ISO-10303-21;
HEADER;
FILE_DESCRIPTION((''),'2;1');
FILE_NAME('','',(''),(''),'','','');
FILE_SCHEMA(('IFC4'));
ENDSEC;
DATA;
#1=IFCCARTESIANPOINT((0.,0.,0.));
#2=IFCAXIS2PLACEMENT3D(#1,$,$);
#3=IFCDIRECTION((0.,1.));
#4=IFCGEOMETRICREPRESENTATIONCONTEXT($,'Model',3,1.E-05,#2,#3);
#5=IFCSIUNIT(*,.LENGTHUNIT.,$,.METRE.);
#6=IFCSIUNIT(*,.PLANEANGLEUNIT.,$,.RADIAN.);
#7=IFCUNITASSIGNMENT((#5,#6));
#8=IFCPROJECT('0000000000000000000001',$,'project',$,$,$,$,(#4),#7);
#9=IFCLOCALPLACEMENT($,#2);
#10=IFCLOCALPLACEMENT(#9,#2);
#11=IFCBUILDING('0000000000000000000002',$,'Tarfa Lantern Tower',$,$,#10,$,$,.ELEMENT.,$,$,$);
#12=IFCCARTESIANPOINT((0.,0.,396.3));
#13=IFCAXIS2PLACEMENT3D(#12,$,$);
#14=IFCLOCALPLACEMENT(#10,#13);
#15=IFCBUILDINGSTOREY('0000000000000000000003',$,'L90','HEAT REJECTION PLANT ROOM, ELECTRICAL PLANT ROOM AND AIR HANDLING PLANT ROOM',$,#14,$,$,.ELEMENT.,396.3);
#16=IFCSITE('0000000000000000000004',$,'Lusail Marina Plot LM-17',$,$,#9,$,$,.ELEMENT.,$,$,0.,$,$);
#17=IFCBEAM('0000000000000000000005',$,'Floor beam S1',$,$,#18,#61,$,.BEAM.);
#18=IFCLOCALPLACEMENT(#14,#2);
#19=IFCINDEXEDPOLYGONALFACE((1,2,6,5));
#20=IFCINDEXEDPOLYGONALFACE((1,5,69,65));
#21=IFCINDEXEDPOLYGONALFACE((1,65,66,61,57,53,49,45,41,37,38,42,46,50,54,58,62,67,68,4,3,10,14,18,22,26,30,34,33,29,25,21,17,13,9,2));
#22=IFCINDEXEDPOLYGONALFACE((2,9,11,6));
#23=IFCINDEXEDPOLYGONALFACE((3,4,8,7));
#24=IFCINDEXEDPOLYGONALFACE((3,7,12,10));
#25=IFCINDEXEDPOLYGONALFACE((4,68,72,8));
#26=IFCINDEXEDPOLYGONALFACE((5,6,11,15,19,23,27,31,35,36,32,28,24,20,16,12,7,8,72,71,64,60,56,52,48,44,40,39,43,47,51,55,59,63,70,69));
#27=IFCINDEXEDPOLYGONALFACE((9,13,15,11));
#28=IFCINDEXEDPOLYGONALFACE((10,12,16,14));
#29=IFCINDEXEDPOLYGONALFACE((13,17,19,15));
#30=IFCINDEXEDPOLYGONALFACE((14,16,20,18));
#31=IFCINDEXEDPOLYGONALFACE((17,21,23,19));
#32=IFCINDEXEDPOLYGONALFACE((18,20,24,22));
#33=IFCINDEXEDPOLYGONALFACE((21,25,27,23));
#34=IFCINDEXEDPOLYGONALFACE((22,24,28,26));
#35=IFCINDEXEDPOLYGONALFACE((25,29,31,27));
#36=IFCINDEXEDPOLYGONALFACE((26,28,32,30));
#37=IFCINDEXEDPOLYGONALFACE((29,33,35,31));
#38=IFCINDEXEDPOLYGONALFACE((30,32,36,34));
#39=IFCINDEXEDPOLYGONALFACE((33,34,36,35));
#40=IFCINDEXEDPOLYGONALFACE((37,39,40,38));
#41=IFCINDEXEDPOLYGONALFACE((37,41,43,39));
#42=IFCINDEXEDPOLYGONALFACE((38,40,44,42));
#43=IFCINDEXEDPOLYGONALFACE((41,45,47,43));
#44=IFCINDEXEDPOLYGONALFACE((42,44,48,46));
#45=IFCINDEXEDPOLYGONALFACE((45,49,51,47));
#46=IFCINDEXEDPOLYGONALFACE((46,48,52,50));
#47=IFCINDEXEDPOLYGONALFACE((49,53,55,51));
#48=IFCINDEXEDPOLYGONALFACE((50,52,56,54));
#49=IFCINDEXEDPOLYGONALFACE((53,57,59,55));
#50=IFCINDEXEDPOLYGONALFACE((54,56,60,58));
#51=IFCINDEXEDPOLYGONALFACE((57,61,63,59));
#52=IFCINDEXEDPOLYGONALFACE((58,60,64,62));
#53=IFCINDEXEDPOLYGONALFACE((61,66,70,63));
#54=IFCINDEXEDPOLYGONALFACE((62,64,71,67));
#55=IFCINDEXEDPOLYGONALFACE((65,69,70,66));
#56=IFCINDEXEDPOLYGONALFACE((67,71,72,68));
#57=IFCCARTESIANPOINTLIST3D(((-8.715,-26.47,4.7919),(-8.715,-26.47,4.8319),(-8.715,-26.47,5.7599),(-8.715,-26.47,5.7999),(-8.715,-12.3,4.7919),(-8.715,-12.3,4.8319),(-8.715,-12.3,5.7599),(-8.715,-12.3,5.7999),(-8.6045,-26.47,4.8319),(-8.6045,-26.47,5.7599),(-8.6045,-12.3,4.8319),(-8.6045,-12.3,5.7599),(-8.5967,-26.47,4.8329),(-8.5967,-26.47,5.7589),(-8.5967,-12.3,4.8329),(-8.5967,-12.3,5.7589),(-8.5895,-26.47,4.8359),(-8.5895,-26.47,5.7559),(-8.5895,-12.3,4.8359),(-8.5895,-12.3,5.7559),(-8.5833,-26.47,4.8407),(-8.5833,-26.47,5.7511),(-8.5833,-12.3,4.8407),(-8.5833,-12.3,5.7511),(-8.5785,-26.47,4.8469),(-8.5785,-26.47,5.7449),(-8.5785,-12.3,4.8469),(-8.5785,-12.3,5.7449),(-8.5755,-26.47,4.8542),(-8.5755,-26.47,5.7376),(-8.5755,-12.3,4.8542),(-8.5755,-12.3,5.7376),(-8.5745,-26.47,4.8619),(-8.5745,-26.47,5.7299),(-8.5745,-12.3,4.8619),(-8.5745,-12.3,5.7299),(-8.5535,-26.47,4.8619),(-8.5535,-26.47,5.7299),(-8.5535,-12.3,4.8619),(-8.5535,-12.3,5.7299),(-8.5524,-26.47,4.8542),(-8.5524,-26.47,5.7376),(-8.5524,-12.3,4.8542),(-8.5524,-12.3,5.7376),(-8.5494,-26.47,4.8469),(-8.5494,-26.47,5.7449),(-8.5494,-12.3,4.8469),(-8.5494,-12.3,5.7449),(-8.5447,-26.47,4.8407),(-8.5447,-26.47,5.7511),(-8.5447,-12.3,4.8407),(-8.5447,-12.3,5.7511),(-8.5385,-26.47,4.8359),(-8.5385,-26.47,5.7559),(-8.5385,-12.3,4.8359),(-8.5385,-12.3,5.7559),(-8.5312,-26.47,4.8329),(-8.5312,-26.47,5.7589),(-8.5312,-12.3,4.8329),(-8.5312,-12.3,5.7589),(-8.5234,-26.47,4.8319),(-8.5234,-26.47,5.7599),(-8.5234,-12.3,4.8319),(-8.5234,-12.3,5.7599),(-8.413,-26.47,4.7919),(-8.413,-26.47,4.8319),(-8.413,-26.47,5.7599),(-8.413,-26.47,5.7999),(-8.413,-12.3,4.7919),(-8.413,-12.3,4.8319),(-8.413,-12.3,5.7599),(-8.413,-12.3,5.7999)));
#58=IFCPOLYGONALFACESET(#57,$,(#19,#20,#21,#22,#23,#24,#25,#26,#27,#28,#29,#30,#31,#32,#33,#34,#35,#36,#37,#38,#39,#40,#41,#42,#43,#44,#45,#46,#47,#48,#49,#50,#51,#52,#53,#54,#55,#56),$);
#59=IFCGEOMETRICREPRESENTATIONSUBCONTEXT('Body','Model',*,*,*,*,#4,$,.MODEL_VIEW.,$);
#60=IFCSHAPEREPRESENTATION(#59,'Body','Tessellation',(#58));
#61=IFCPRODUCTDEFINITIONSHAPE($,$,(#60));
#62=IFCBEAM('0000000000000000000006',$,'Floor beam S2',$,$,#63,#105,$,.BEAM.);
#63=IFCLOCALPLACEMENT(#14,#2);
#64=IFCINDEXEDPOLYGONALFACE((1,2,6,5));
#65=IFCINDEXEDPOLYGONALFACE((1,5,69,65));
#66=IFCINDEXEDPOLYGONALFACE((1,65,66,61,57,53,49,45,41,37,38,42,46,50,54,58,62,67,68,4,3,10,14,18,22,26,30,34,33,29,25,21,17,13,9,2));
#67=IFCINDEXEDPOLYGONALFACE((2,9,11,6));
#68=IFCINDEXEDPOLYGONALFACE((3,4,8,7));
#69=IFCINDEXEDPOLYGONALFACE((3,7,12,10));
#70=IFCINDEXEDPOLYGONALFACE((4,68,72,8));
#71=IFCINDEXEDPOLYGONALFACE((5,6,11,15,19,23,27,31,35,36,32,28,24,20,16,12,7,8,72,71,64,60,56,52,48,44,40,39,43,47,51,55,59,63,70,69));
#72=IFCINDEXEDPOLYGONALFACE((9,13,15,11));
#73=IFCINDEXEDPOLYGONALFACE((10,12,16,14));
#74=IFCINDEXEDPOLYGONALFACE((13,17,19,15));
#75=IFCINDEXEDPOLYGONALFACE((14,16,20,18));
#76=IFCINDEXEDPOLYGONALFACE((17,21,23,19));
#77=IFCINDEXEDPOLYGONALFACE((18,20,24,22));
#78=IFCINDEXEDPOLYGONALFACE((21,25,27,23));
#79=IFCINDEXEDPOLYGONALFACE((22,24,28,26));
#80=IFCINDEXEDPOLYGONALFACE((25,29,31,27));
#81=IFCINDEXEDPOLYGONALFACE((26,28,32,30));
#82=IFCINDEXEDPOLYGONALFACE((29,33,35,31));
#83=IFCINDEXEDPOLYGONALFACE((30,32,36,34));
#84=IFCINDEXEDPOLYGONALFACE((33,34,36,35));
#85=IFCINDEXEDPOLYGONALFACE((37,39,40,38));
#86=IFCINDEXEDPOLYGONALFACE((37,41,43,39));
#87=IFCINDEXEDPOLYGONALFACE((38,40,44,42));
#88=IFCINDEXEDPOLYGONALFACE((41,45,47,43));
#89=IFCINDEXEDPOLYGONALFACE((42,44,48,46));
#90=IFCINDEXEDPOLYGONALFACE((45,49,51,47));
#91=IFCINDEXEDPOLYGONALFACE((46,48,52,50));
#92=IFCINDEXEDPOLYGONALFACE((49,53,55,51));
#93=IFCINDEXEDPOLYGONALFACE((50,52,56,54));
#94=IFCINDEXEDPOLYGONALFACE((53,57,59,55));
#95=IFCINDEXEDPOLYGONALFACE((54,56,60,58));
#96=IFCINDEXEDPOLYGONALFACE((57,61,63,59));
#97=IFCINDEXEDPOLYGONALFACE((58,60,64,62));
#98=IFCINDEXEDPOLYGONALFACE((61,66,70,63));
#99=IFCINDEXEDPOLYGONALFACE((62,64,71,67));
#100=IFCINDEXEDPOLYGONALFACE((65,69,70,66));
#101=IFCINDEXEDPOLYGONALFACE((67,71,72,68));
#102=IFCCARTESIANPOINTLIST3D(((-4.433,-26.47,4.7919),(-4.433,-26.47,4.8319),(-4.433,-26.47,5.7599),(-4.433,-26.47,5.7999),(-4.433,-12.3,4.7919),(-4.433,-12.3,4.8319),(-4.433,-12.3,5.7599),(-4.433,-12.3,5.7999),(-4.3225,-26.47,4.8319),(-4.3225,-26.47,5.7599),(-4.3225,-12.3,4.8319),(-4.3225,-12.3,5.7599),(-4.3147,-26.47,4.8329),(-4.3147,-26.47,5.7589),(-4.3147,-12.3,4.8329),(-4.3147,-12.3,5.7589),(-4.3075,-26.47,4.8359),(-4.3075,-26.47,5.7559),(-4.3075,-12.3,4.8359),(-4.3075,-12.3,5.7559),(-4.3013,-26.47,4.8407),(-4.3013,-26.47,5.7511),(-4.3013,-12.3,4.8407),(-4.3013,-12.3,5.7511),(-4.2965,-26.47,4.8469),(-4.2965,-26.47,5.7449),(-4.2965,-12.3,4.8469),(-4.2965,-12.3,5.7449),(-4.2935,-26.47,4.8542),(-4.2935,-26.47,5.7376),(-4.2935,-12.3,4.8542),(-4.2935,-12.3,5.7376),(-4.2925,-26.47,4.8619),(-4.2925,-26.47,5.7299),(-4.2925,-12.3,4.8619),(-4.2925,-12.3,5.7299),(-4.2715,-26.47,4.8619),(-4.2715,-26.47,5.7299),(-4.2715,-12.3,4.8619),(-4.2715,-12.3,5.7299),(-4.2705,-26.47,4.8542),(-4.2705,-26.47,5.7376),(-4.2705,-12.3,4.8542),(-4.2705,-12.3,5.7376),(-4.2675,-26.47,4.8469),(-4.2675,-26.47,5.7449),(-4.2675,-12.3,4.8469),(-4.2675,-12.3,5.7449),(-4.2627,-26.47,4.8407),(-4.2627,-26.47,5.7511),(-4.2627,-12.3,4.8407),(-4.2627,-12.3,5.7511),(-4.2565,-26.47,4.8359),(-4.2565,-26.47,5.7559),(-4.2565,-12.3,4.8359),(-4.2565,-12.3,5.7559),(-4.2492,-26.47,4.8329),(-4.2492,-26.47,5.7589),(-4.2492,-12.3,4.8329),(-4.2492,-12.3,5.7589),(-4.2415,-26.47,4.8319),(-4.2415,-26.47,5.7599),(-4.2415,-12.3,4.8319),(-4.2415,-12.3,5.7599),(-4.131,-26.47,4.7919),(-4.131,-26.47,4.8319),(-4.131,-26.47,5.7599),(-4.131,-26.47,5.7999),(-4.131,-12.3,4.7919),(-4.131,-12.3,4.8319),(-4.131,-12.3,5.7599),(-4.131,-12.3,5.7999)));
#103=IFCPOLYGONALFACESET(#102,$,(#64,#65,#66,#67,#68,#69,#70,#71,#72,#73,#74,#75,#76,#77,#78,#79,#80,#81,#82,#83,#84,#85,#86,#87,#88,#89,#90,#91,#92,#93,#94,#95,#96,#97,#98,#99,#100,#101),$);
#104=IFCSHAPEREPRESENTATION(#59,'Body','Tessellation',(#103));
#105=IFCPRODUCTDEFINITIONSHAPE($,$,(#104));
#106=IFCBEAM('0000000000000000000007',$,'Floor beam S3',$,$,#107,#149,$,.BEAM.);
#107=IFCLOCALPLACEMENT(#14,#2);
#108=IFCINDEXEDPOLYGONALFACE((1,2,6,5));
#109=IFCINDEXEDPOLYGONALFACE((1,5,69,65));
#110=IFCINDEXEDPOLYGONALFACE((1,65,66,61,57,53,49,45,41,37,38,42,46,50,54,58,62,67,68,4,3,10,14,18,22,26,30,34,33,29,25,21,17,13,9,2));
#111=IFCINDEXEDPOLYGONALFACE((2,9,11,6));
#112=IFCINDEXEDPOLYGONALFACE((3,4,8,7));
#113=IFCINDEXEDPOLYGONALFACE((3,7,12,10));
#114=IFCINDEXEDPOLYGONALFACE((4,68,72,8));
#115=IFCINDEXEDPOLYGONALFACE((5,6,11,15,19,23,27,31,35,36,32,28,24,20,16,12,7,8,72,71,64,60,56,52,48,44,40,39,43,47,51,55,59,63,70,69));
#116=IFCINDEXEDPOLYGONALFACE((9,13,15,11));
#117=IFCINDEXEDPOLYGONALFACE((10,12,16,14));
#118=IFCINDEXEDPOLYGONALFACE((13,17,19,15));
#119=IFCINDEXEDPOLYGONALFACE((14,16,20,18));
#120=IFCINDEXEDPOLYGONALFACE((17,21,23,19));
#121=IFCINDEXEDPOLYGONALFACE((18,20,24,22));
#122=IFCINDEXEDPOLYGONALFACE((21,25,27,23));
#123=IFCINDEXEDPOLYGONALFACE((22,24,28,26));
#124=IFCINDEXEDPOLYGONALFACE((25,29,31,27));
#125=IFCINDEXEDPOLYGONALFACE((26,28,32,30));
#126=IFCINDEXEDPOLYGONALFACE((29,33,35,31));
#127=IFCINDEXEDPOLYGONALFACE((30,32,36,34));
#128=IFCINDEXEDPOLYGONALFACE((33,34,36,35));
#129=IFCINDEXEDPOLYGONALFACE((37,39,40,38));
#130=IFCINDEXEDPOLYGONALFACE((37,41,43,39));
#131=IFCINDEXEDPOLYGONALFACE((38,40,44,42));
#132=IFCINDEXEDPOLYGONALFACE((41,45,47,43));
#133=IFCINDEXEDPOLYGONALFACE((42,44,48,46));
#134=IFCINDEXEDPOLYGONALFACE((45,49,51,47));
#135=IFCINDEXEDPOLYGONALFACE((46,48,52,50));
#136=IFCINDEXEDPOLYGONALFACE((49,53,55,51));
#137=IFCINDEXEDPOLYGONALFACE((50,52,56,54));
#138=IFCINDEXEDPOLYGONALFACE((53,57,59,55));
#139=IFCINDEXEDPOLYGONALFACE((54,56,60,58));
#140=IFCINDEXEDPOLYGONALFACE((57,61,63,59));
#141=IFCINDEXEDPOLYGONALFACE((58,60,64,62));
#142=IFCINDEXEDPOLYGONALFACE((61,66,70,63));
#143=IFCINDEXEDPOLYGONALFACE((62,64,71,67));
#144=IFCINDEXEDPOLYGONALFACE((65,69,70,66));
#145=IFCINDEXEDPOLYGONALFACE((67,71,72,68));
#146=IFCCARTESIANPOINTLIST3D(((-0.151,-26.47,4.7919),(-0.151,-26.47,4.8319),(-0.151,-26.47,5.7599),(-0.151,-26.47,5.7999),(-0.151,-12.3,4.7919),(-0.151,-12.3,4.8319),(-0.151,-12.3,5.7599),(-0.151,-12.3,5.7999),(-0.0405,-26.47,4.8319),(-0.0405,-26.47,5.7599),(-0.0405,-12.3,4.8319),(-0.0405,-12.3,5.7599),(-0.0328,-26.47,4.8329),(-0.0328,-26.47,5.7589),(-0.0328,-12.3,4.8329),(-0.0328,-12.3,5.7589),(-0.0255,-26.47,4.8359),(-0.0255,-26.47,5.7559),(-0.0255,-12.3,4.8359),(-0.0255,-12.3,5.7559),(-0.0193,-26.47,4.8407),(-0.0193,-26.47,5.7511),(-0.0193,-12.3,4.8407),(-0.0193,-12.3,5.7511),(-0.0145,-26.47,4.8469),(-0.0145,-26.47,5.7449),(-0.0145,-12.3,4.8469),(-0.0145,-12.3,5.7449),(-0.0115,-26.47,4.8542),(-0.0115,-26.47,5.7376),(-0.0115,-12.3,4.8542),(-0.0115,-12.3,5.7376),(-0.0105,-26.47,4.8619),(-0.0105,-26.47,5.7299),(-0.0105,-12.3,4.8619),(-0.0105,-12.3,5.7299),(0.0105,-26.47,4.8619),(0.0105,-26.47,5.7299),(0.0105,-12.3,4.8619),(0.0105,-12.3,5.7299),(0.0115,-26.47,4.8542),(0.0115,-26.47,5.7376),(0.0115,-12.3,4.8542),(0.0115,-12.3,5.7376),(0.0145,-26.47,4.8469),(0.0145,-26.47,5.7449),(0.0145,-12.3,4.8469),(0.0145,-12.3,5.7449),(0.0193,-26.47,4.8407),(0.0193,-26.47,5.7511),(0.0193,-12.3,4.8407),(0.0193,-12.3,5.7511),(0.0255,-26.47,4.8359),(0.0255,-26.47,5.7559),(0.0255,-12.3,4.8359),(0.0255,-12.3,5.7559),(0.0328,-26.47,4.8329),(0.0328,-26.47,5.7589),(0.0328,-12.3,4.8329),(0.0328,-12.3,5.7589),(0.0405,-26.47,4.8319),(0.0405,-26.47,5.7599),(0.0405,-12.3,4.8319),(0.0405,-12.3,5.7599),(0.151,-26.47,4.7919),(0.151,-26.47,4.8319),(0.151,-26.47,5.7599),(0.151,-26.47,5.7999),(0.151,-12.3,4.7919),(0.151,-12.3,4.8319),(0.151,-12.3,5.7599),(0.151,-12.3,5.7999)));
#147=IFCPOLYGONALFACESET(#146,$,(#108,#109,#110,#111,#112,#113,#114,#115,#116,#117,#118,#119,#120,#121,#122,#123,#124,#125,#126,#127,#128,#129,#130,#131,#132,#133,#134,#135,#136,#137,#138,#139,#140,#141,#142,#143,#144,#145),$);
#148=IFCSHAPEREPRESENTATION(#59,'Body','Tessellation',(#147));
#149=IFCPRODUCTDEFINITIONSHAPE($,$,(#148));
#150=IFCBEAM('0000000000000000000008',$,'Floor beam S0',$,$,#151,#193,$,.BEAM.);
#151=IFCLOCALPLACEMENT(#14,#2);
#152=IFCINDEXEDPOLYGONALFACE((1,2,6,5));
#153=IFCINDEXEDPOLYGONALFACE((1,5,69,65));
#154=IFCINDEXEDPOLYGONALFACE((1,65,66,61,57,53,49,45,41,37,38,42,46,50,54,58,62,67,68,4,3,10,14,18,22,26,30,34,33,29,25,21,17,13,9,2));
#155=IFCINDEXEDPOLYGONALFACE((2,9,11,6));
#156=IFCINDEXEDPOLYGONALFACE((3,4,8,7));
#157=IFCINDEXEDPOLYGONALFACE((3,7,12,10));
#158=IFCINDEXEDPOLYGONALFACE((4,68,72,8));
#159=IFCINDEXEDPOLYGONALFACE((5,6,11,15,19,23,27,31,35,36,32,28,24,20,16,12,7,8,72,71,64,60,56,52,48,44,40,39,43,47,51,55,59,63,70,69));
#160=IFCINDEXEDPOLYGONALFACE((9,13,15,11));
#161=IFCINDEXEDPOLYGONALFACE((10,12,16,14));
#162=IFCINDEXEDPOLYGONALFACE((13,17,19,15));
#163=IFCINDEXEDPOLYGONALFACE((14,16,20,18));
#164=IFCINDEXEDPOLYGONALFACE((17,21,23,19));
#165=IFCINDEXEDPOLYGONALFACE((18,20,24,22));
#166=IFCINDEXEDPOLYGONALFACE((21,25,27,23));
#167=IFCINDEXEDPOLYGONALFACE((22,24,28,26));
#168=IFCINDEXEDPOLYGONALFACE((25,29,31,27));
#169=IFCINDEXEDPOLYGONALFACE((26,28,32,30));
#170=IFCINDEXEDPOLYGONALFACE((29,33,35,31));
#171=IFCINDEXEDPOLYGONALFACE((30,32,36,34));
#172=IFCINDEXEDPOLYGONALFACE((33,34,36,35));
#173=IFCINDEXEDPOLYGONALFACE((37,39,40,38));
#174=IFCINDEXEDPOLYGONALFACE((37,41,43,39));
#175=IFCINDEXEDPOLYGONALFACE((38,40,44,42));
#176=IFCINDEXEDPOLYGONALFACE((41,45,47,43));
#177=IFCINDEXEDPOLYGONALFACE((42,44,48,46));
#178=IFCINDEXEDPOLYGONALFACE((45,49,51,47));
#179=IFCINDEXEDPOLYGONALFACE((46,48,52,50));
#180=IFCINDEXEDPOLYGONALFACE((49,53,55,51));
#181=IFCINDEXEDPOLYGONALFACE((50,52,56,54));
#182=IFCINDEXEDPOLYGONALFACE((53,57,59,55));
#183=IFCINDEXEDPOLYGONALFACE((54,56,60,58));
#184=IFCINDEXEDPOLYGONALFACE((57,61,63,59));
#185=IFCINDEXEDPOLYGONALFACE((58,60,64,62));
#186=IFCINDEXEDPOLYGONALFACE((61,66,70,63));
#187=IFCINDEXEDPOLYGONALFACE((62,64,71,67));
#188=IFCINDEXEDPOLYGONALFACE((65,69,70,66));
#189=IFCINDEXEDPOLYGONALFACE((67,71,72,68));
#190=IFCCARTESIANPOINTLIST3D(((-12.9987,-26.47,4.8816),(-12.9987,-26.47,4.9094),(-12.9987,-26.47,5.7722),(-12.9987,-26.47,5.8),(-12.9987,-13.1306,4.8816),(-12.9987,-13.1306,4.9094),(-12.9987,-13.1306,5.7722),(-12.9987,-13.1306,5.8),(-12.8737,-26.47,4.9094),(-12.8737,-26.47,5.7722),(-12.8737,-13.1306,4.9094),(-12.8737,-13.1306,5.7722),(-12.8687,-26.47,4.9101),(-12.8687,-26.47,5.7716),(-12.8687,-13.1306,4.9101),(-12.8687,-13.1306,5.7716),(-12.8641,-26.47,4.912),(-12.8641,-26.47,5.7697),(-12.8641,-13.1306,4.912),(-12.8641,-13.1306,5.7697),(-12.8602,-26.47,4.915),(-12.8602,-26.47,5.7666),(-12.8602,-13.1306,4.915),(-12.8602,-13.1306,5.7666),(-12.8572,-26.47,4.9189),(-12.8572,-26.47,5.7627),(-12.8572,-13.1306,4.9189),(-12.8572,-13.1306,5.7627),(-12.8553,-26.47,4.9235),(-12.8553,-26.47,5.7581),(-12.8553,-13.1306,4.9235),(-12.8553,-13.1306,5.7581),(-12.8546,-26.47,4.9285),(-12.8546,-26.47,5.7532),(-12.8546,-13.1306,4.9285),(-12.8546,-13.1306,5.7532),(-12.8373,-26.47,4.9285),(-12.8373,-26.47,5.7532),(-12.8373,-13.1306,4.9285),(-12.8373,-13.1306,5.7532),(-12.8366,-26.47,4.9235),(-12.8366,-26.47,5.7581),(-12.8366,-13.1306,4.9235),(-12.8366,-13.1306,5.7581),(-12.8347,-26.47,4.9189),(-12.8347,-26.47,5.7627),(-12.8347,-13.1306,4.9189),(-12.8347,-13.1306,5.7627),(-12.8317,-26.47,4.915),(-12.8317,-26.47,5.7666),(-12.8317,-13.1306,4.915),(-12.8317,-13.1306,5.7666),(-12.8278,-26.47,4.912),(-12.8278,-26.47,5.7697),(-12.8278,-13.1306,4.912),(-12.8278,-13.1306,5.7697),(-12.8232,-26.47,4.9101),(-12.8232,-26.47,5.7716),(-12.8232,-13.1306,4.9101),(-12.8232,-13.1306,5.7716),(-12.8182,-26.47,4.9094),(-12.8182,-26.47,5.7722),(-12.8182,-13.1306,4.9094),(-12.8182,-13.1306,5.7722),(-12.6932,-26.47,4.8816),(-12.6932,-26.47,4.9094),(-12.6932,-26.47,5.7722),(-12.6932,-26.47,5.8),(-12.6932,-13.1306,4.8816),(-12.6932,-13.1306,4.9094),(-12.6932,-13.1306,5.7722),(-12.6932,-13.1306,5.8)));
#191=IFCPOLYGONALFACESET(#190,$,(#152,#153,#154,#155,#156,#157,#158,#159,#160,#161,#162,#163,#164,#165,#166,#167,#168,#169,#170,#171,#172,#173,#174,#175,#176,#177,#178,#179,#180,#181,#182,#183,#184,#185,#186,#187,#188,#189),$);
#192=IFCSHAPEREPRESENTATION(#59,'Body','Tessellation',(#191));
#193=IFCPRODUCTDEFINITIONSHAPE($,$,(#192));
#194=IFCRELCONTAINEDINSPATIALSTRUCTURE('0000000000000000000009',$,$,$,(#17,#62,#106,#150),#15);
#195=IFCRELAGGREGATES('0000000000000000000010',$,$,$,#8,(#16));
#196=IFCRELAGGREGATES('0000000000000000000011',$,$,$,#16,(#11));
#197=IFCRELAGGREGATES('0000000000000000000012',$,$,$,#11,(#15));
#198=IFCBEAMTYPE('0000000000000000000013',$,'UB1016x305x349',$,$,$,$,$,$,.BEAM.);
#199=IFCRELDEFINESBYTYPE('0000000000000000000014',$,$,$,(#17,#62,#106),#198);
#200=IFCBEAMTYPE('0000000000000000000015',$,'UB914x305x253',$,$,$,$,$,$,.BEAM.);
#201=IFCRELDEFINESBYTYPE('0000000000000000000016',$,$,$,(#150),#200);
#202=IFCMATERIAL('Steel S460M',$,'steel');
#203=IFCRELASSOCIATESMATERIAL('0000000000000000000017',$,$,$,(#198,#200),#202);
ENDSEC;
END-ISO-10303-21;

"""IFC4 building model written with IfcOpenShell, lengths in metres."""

from ifc_helpers import new_model, si_unit, direction, frame, origin, origin_2d, place, context, subcontext, project, spatial, i_section, extrude, material, material_profile, profile_set, type_object, element, save


model = new_model("IFC4")

# Units and contexts
model_context = context("Model", 3, precision=1e-05, world=origin(), true_north=direction((0.0, 1.0)))
body_context = subcontext(model_context, "Body", "Model", "MODEL_VIEW")
ifc_project = project(units=[si_unit("LENGTHUNIT", "METRE"), si_unit("PLANEANGLEUNIT", "RADIAN")], contexts=[model_context])

# Site, building, storey
site_placement = place(None, origin())
site = spatial("IfcSite", under=ifc_project, at=site_placement, Name="Lusail Marina Plot LM-17", CompositionType="ELEMENT", RefElevation=0.0)
building_placement = place(site_placement, origin())
building = spatial("IfcBuilding", under=site, at=building_placement, Name="Tarfa Lantern Tower", CompositionType="ELEMENT")
storey_placement = place(building_placement, frame((0.0, 0.0, 396.3)))
storey = spatial("IfcBuildingStorey", under=building, at=storey_placement, Name="L90", Description="HEAT REJECTION PLANT ROOM, ELECTRICAL PLANT ROOM AND AIR HANDLING PLANT ROOM", CompositionType="ELEMENT", Elevation=396.3)

# Beams
ifc_material_1 = material(Name="Steel S460M", Category="steel")
ifc_material_profile_1 = material_profile(ifc_material_1, i_section(OverallWidth=0.302, OverallDepth=1.0081, WebThickness=0.021, FlangeThickness=0.04, FilletRadius=0.03, at=origin_2d()), Name="UB1016x305x349")
ifc_profile_set_1 = profile_set([ifc_material_profile_1], Name="Steel S460M")
beam_type_1 = type_object("IfcBeamType", Name="UB1016x305x349", PredefinedType="BEAM", material=ifc_profile_set_1)
for number, where, z_axis, x_axis, name in (
    (1, (-8.564, -26.47, 5.2959), (0.0, 1.0, 0.0), (-1.0, 0.0, 0.0), "Floor beam S1"),
    (2, (-4.282, -26.47, 5.2959), (0.0, 1.0, 0.0), (-1.0, 0.0, 0.0), "Floor beam S2"),
    (3, (0.0, -26.47, 5.2959), (0.0, 1.0, 0.0), (-1.0, 0.0, 0.0), "Floor beam S3"),
):
    element("IfcBeam", number, at=place(storey_placement, frame(where, z_axis=z_axis, x_axis=x_axis)), inside=storey, type_object=beam_type_1, Name=name, PredefinedType="BEAM", context=body_context, shape_type="SweptSolid", body=[
        extrude(i_section(OverallWidth=0.302, OverallDepth=1.0081, WebThickness=0.021, FlangeThickness=0.04, FilletRadius=0.03, at=origin_2d()), origin(), (0.0, 0.0, 1.0), 14.1699),
    ])
ifc_material_profile_2 = material_profile(ifc_material_1, i_section(OverallWidth=0.3054, OverallDepth=0.9185, WebThickness=0.0173, FlangeThickness=0.0278, FilletRadius=0.019, at=origin_2d()), Name="UB914x305x253")
ifc_profile_set_2 = profile_set([ifc_material_profile_2], Name="Steel S460M")
beam_type_2 = type_object("IfcBeamType", Name="UB914x305x253", PredefinedType="BEAM", material=ifc_profile_set_2)
beam_placement = place(storey_placement, frame((-12.8459, -26.47, 5.3408), z_axis=(0.0, 1.0, 0.0), x_axis=(-1.0, 0.0, 0.0)))
element("IfcBeam", 4, at=beam_placement, inside=storey, type_object=beam_type_2, Name="Floor beam S0", PredefinedType="BEAM", context=body_context, shape_type="SweptSolid", body=[
    extrude(i_section(OverallWidth=0.3054, OverallDepth=0.9185, WebThickness=0.0173, FlangeThickness=0.0278, FilletRadius=0.019, at=origin_2d()), origin(), (0.0, 0.0, 1.0), 13.3394),
])

save(model, "model.ifc")
